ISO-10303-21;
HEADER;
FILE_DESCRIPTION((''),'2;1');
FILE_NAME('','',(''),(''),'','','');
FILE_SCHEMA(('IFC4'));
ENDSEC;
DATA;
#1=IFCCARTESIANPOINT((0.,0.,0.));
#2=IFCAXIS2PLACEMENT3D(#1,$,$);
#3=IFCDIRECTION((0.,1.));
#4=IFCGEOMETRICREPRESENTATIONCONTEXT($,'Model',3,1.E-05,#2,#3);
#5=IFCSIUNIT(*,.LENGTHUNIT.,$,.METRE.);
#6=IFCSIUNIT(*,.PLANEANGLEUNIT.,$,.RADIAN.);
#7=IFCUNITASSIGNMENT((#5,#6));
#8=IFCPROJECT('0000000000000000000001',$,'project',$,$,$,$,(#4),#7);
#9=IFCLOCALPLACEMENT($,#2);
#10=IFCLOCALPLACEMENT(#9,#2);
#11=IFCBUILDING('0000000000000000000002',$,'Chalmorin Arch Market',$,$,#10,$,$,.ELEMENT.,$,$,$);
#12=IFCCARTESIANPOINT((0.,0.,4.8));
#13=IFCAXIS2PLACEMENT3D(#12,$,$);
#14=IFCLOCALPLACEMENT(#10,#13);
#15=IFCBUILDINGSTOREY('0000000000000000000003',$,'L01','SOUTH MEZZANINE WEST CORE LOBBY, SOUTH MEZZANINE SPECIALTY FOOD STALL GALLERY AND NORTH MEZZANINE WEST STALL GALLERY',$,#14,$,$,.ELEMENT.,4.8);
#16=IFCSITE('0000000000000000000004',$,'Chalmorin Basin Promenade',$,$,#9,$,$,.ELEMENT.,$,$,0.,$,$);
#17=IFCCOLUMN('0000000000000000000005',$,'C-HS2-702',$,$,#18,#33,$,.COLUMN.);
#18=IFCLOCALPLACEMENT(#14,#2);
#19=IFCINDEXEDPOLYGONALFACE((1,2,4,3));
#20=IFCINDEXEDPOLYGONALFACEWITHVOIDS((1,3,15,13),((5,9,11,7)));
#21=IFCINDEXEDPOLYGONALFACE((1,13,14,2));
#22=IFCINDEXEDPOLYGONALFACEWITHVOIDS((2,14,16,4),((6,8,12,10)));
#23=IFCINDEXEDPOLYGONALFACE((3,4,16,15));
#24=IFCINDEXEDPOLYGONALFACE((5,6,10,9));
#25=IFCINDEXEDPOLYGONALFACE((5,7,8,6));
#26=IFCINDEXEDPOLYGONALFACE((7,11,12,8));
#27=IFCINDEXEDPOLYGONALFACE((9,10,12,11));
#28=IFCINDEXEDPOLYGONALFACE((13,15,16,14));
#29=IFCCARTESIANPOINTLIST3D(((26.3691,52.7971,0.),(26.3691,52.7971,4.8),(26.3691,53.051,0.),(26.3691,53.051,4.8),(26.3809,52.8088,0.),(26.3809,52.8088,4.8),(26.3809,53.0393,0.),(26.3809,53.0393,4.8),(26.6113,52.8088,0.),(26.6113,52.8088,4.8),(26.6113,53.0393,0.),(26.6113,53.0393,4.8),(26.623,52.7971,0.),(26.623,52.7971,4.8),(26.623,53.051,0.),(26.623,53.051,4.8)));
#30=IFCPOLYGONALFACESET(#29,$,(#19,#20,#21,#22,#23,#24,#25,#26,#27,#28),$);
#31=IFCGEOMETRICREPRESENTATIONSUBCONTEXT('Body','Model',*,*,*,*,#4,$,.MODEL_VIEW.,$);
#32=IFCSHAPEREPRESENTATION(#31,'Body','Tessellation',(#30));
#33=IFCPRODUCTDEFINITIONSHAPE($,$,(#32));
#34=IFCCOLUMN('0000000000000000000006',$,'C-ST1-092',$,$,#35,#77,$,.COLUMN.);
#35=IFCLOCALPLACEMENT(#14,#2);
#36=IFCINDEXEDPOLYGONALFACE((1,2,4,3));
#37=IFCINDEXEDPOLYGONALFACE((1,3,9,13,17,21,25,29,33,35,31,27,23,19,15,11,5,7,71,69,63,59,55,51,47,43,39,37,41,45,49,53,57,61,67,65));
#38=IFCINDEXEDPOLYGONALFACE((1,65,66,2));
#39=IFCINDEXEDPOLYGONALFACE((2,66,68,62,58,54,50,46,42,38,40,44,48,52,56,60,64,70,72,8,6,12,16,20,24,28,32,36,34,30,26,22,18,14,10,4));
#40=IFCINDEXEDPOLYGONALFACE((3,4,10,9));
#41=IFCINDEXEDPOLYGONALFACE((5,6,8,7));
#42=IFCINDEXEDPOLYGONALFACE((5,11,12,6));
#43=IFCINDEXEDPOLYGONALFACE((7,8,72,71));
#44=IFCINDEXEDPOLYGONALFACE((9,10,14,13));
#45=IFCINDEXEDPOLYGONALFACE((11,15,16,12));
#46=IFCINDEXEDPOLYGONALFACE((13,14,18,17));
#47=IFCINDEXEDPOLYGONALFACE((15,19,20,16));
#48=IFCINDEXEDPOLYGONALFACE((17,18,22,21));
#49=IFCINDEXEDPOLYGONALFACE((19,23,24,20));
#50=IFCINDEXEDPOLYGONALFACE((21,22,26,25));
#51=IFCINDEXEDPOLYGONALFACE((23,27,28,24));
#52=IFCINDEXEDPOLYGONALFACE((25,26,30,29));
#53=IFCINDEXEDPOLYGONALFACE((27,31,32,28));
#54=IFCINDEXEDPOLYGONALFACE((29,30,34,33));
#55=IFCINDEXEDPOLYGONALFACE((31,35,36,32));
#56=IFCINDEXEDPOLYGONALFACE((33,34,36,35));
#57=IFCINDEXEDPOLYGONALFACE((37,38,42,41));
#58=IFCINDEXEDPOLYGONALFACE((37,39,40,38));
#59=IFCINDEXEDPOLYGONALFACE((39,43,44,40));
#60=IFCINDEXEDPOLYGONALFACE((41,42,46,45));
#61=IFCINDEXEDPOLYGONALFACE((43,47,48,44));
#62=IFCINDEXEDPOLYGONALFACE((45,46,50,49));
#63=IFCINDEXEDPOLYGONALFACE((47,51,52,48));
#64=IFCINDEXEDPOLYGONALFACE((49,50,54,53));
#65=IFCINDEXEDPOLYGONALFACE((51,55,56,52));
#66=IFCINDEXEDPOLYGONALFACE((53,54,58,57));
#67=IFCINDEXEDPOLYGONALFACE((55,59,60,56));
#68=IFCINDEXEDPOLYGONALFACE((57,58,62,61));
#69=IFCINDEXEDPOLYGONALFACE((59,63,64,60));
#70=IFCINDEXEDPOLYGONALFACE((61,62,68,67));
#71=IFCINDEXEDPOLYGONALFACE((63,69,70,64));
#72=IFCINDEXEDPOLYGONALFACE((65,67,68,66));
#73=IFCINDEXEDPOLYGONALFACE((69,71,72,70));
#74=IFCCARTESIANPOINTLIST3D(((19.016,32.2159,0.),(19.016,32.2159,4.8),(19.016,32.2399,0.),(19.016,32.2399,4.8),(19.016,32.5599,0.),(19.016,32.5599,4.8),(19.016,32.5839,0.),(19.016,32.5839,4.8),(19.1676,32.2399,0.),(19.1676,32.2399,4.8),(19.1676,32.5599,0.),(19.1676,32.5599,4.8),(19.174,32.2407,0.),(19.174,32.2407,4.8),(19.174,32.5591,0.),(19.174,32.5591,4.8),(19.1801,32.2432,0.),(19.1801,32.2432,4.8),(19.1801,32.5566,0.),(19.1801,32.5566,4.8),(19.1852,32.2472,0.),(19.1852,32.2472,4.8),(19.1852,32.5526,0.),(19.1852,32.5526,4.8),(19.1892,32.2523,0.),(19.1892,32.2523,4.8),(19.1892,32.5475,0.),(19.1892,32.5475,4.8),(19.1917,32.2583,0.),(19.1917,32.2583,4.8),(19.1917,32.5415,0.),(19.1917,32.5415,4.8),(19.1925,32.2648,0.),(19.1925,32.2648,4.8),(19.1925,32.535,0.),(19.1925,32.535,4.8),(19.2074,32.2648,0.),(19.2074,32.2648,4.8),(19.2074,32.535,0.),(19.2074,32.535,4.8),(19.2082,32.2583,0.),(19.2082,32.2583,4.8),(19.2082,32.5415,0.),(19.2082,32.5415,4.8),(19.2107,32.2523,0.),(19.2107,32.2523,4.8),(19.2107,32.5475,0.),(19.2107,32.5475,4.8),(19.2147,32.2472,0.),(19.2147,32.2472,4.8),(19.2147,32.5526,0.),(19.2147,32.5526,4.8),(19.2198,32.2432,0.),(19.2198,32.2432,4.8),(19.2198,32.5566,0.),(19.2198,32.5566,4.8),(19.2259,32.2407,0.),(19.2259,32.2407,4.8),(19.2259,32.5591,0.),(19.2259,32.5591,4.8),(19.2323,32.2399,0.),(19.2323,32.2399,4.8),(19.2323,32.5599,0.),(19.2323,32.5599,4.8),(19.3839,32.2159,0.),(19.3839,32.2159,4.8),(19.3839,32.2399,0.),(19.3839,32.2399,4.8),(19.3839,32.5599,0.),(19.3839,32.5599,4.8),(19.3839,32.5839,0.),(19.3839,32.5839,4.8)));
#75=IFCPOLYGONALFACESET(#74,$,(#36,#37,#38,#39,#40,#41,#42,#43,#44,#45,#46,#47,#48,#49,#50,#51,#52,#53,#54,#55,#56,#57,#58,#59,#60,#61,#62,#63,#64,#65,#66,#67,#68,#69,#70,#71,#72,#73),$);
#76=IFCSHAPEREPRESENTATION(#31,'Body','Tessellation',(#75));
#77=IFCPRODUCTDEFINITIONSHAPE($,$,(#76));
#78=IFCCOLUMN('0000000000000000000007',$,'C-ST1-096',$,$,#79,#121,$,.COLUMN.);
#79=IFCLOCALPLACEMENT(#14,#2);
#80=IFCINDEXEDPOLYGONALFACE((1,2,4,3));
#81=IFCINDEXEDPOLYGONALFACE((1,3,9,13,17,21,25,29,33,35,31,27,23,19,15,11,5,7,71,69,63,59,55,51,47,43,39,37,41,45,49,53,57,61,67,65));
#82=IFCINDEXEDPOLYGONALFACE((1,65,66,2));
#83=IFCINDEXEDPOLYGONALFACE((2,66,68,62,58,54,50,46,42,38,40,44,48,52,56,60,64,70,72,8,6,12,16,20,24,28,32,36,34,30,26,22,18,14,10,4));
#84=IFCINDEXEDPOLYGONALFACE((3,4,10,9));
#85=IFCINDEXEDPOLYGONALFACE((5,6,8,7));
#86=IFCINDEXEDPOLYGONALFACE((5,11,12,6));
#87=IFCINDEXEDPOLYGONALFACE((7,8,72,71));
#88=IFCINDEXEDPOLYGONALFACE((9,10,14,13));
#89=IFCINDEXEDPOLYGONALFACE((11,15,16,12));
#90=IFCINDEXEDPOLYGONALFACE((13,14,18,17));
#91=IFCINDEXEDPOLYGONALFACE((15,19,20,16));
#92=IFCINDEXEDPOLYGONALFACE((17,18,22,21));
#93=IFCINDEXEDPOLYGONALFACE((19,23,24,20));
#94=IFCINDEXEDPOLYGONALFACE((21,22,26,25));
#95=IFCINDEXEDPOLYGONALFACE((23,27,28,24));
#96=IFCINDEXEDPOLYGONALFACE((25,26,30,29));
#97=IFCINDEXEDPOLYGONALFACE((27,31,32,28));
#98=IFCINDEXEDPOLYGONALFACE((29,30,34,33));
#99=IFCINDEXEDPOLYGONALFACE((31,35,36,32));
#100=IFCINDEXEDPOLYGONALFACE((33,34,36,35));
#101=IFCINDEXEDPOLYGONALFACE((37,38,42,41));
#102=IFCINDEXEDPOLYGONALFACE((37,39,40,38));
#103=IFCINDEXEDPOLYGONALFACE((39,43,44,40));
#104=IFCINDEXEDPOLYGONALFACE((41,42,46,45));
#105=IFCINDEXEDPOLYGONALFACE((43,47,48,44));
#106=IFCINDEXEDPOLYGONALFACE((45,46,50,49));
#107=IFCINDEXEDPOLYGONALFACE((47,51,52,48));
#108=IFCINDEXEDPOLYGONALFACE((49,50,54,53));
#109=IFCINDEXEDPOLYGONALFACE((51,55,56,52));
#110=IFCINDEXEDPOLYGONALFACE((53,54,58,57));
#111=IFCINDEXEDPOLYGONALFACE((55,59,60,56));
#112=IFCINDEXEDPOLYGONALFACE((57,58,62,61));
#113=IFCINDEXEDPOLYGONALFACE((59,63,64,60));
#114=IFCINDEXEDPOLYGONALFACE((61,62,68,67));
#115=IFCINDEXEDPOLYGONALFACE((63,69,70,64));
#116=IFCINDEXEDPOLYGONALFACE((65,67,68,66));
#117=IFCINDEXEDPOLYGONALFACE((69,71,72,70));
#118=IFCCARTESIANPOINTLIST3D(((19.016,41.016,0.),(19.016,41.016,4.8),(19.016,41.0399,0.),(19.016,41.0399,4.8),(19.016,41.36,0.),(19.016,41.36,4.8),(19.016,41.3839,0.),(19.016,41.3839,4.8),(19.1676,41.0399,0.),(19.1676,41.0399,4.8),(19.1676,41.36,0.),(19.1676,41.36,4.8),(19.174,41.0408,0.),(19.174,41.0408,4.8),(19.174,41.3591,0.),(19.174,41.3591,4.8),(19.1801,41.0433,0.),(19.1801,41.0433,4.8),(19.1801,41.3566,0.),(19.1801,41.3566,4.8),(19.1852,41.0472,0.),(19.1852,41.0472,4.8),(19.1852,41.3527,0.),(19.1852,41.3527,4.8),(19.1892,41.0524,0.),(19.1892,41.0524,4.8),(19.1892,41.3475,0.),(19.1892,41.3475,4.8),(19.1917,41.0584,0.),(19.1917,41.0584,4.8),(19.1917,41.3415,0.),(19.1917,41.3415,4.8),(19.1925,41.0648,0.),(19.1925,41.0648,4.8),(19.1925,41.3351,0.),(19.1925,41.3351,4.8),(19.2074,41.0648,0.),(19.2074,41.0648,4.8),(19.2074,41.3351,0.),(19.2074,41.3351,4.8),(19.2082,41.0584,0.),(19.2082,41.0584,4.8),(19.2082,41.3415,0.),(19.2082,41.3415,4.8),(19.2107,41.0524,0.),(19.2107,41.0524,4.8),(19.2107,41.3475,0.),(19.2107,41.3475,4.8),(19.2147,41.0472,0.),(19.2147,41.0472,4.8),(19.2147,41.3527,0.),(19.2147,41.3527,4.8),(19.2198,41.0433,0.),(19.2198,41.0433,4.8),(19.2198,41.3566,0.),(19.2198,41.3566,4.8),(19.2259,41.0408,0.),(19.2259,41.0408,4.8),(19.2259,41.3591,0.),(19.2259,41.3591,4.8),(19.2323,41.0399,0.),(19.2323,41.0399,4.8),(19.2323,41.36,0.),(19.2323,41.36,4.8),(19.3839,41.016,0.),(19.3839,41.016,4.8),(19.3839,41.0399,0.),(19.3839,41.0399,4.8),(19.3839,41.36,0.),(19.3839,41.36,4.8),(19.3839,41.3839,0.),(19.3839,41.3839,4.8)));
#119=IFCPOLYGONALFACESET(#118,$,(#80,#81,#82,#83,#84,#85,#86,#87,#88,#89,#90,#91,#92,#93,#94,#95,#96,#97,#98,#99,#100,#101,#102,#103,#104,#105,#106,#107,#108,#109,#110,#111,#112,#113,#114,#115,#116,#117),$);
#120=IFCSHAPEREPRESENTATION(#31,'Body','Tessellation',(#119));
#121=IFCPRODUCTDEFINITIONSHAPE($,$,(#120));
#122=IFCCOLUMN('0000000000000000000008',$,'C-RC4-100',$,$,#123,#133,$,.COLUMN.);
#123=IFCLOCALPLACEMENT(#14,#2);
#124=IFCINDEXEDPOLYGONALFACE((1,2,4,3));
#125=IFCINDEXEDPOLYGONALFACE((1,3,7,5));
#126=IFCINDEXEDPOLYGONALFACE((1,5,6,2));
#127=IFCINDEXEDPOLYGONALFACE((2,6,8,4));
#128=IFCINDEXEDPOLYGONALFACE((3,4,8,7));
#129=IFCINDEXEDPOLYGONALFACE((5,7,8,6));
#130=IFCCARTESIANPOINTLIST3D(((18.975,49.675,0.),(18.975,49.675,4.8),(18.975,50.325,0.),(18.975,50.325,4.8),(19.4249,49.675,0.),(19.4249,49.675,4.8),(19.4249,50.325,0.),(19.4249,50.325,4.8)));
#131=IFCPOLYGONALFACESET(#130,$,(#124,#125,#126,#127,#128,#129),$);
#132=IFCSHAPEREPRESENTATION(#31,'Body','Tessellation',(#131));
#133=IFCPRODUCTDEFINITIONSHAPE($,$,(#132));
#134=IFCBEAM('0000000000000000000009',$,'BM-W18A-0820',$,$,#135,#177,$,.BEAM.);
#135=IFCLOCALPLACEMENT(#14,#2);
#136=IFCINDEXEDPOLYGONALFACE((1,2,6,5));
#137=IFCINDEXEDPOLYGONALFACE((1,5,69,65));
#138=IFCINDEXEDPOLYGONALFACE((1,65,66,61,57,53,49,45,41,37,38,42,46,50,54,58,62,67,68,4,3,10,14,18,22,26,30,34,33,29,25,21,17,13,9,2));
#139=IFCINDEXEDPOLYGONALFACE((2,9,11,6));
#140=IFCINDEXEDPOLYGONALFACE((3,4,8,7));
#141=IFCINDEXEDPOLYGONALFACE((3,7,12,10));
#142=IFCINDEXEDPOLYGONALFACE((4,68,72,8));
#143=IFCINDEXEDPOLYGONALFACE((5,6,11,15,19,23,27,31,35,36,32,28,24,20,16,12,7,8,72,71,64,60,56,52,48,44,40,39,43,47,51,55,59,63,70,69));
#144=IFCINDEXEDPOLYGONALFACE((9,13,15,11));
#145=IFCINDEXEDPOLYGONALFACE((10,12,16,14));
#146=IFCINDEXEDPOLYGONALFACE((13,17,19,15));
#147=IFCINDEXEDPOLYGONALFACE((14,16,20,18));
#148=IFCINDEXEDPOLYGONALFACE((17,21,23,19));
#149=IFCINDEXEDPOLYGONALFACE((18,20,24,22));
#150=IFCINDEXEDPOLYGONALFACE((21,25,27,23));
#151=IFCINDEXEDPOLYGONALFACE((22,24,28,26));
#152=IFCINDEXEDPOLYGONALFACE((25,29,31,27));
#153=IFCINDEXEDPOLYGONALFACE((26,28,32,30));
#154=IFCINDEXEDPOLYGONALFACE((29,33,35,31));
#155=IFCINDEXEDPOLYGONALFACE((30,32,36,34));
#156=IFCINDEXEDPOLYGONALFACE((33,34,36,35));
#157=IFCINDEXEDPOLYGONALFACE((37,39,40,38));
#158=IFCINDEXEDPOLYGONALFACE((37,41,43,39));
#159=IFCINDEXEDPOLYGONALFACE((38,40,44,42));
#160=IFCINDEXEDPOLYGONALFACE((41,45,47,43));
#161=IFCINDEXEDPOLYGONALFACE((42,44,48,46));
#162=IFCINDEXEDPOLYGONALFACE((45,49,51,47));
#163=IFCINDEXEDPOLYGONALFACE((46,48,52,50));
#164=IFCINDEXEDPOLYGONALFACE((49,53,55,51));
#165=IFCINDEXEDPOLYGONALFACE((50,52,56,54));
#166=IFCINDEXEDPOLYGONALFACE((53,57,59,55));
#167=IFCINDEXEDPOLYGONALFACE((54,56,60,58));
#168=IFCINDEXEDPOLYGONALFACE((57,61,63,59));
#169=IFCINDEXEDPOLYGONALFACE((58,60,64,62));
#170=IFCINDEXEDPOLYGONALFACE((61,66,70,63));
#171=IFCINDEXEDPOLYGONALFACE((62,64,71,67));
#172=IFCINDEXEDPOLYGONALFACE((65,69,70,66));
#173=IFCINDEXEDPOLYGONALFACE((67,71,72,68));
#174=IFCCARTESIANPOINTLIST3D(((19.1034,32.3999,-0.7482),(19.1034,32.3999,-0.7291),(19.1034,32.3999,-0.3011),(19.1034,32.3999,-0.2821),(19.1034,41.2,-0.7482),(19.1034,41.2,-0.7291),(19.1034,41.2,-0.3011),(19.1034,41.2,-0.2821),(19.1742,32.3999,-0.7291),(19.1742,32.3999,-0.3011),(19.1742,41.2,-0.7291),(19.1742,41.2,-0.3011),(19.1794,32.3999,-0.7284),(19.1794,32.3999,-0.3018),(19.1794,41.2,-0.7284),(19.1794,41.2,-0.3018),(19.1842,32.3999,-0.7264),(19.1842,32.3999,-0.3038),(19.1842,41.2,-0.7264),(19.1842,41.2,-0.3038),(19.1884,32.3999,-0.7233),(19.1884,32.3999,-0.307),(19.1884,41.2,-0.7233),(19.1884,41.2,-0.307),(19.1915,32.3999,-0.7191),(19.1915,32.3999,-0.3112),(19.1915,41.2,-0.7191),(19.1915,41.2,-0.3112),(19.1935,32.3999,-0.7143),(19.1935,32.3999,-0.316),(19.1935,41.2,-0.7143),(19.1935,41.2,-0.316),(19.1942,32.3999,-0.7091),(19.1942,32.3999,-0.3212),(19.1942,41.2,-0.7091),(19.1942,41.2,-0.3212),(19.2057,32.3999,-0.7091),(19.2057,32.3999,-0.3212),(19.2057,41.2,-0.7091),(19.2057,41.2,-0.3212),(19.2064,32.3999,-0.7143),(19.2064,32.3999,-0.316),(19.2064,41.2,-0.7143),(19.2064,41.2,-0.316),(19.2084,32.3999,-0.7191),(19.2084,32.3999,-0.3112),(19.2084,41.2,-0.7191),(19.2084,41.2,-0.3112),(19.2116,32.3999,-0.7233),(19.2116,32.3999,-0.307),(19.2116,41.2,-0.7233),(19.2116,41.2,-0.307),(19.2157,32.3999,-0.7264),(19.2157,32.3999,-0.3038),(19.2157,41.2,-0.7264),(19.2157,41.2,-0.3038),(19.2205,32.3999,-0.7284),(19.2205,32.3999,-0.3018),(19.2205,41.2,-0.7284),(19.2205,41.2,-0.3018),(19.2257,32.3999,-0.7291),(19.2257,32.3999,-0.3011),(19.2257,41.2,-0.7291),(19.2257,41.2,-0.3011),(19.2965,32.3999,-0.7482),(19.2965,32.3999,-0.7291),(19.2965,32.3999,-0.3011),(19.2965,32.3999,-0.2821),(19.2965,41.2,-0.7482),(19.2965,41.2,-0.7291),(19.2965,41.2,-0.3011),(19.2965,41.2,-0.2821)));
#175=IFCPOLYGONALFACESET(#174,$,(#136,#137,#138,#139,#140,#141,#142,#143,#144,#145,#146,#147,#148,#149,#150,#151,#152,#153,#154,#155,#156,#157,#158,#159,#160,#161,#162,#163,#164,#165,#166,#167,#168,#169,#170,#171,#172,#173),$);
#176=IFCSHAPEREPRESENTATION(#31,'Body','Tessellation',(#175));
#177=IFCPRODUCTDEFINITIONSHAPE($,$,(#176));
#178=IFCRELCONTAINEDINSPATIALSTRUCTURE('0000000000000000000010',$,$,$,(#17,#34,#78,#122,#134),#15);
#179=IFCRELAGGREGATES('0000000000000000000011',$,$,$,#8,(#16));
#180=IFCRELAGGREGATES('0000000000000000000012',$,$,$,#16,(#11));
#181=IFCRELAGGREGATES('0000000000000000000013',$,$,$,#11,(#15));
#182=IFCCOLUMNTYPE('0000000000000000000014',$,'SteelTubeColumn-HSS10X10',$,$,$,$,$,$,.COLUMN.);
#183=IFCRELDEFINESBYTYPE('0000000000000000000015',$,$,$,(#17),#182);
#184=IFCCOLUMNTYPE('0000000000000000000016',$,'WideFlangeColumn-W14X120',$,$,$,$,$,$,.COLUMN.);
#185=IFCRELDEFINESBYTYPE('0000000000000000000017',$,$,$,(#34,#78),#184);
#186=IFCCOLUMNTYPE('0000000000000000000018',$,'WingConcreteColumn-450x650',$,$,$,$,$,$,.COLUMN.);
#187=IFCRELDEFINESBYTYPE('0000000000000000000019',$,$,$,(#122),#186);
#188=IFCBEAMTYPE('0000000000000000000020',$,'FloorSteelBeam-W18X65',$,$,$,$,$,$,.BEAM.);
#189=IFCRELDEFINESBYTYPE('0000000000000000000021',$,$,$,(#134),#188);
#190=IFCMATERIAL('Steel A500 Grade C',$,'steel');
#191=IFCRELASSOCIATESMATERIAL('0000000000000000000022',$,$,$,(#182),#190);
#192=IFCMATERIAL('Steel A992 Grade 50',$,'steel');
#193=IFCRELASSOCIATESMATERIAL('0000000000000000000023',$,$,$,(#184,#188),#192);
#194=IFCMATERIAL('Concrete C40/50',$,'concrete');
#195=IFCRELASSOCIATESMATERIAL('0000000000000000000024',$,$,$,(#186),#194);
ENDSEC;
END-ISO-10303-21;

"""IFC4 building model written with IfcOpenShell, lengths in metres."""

from ifc_helpers import new_model, si_unit, direction, frame, origin, origin_2d, place, context, subcontext, project, spatial, rectangle, hollow_rectangle, i_section, extrude, material, material_profile, profile_set, type_object, element, save


model = new_model("IFC4")

# Units and contexts
model_context = context("Model", 3, precision=1e-05, world=origin(), true_north=direction((0.0, 1.0)))
body_context = subcontext(model_context, "Body", "Model", "MODEL_VIEW")
ifc_project = project(units=[si_unit("LENGTHUNIT", "METRE"), si_unit("PLANEANGLEUNIT", "RADIAN")], contexts=[model_context])

# Site, building, storey
site_placement = place(None, origin())
site = spatial("IfcSite", under=ifc_project, at=site_placement, Name="Chalmorin Basin Promenade", CompositionType="ELEMENT", RefElevation=0.0)
building_placement = place(site_placement, origin())
building = spatial("IfcBuilding", under=site, at=building_placement, Name="Chalmorin Arch Market", CompositionType="ELEMENT")
storey_placement = place(building_placement, frame((0.0, 0.0, 4.8)))
storey = spatial("IfcBuildingStorey", under=building, at=storey_placement, Name="L01", Description="SOUTH MEZZANINE WEST CORE LOBBY, SOUTH MEZZANINE SPECIALTY FOOD STALL GALLERY AND NORTH MEZZANINE WEST STALL GALLERY", CompositionType="ELEMENT", Elevation=4.8)

# Columns
ifc_material_1 = material(Name="Steel A500 Grade C", Category="steel")
ifc_material_profile_1 = material_profile(ifc_material_1, hollow_rectangle(XDim=0.2539, YDim=0.2539, WallThickness=0.0117, at=origin_2d()), Name="HSS10X10X1/2")
ifc_profile_set_1 = profile_set([ifc_material_profile_1], Name="Steel A500 Grade C")
column_type_1 = type_object("IfcColumnType", Name="SteelTubeColumn-HSS10X10", PredefinedType="COLUMN", material=ifc_profile_set_1)
column_1_placement = place(storey_placement, frame((26.4961, 52.9241, 0.0), z_axis=(0.0, 0.0, 1.0), x_axis=(1.0, 0.0, 0.0)))
element("IfcColumn", 1, at=column_1_placement, inside=storey, type_object=column_type_1, Name="C-HS2-702", PredefinedType="COLUMN", context=body_context, shape_type="SweptSolid", body=[
    extrude(hollow_rectangle(XDim=0.2539, YDim=0.2539, WallThickness=0.0117, at=origin_2d()), origin(), (0.0, 0.0, 1.0), 4.8),
])
ifc_material_2 = material(Name="Steel A992 Grade 50", Category="steel")
ifc_material_profile_2 = material_profile(ifc_material_2, i_section(OverallWidth=0.3679, OverallDepth=0.3679, WebThickness=0.0149, FlangeThickness=0.0239, FilletRadius=0.0249, at=origin_2d()), Name="W14X120")
ifc_profile_set_2 = profile_set([ifc_material_profile_2], Name="Steel A992 Grade 50")
column_type_2 = type_object("IfcColumnType", Name="WideFlangeColumn-W14X120", PredefinedType="COLUMN", material=ifc_profile_set_2)
for number, where, z_axis, x_axis, name in (
    (2, (19.2, 32.3999, 0.0), (0.0, 0.0, 1.0), (1.0, 0.0, 0.0), "C-ST1-092"),
    (3, (19.2, 41.2, 0.0), (0.0, 0.0, 1.0), (1.0, 0.0, 0.0), "C-ST1-096"),
):
    element("IfcColumn", number, at=place(storey_placement, frame(where, z_axis=z_axis, x_axis=x_axis)), inside=storey, type_object=column_type_2, Name=name, PredefinedType="COLUMN", context=body_context, shape_type="SweptSolid", body=[
        extrude(i_section(OverallWidth=0.3679, OverallDepth=0.3679, WebThickness=0.0149, FlangeThickness=0.0239, FilletRadius=0.0249, at=origin_2d()), origin(), (0.0, 0.0, 1.0), 4.8),
    ])
ifc_material_3 = material(Name="Concrete C40/50", Category="concrete")
ifc_material_profile_3 = material_profile(ifc_material_3, rectangle(XDim=0.45, YDim=0.6499, at=origin_2d()), Name="RC450X650")
ifc_profile_set_3 = profile_set([ifc_material_profile_3], Name="Concrete C40/50")
column_type_3 = type_object("IfcColumnType", Name="WingConcreteColumn-450x650", PredefinedType="COLUMN", material=ifc_profile_set_3)
column_2_placement = place(storey_placement, frame((19.2, 50.0, 0.0), z_axis=(0.0, 0.0, 1.0), x_axis=(1.0, 0.0, 0.0)))
element("IfcColumn", 4, at=column_2_placement, inside=storey, type_object=column_type_3, Name="C-RC4-100", PredefinedType="COLUMN", context=body_context, shape_type="SweptSolid", body=[
    extrude(rectangle(XDim=0.45, YDim=0.6499, at=origin_2d()), origin(), (0.0, 0.0, 1.0), 4.8),
])

# Beam
ifc_material_profile_4 = material_profile(ifc_material_2, i_section(OverallWidth=0.1931, OverallDepth=0.4661, WebThickness=0.0115, FlangeThickness=0.019, FilletRadius=0.02, at=origin_2d()), Name="W18X65")
ifc_profile_set_4 = profile_set([ifc_material_profile_4], Name="Steel A992 Grade 50")
beam_type_1 = type_object("IfcBeamType", Name="FloorSteelBeam-W18X65", PredefinedType="BEAM", material=ifc_profile_set_4)
for number, where, z_axis, x_axis, name in (
    (5, (19.2, 32.3999, -0.5151), (0.0, 1.0, 0.0), (-1.0, 0.0, 0.0), "BM-W18A-0820"),
):
    element("IfcBeam", number, at=place(storey_placement, frame(where, z_axis=z_axis, x_axis=x_axis)), inside=storey, type_object=beam_type_1, Name=name, PredefinedType="BEAM", context=body_context, shape_type="SweptSolid", body=[
        extrude(i_section(OverallWidth=0.1931, OverallDepth=0.4661, WebThickness=0.0115, FlangeThickness=0.019, FilletRadius=0.02, at=origin_2d()), origin(), (0.0, 0.0, 1.0), 8.8),
    ])

save(model, "model.ifc")
